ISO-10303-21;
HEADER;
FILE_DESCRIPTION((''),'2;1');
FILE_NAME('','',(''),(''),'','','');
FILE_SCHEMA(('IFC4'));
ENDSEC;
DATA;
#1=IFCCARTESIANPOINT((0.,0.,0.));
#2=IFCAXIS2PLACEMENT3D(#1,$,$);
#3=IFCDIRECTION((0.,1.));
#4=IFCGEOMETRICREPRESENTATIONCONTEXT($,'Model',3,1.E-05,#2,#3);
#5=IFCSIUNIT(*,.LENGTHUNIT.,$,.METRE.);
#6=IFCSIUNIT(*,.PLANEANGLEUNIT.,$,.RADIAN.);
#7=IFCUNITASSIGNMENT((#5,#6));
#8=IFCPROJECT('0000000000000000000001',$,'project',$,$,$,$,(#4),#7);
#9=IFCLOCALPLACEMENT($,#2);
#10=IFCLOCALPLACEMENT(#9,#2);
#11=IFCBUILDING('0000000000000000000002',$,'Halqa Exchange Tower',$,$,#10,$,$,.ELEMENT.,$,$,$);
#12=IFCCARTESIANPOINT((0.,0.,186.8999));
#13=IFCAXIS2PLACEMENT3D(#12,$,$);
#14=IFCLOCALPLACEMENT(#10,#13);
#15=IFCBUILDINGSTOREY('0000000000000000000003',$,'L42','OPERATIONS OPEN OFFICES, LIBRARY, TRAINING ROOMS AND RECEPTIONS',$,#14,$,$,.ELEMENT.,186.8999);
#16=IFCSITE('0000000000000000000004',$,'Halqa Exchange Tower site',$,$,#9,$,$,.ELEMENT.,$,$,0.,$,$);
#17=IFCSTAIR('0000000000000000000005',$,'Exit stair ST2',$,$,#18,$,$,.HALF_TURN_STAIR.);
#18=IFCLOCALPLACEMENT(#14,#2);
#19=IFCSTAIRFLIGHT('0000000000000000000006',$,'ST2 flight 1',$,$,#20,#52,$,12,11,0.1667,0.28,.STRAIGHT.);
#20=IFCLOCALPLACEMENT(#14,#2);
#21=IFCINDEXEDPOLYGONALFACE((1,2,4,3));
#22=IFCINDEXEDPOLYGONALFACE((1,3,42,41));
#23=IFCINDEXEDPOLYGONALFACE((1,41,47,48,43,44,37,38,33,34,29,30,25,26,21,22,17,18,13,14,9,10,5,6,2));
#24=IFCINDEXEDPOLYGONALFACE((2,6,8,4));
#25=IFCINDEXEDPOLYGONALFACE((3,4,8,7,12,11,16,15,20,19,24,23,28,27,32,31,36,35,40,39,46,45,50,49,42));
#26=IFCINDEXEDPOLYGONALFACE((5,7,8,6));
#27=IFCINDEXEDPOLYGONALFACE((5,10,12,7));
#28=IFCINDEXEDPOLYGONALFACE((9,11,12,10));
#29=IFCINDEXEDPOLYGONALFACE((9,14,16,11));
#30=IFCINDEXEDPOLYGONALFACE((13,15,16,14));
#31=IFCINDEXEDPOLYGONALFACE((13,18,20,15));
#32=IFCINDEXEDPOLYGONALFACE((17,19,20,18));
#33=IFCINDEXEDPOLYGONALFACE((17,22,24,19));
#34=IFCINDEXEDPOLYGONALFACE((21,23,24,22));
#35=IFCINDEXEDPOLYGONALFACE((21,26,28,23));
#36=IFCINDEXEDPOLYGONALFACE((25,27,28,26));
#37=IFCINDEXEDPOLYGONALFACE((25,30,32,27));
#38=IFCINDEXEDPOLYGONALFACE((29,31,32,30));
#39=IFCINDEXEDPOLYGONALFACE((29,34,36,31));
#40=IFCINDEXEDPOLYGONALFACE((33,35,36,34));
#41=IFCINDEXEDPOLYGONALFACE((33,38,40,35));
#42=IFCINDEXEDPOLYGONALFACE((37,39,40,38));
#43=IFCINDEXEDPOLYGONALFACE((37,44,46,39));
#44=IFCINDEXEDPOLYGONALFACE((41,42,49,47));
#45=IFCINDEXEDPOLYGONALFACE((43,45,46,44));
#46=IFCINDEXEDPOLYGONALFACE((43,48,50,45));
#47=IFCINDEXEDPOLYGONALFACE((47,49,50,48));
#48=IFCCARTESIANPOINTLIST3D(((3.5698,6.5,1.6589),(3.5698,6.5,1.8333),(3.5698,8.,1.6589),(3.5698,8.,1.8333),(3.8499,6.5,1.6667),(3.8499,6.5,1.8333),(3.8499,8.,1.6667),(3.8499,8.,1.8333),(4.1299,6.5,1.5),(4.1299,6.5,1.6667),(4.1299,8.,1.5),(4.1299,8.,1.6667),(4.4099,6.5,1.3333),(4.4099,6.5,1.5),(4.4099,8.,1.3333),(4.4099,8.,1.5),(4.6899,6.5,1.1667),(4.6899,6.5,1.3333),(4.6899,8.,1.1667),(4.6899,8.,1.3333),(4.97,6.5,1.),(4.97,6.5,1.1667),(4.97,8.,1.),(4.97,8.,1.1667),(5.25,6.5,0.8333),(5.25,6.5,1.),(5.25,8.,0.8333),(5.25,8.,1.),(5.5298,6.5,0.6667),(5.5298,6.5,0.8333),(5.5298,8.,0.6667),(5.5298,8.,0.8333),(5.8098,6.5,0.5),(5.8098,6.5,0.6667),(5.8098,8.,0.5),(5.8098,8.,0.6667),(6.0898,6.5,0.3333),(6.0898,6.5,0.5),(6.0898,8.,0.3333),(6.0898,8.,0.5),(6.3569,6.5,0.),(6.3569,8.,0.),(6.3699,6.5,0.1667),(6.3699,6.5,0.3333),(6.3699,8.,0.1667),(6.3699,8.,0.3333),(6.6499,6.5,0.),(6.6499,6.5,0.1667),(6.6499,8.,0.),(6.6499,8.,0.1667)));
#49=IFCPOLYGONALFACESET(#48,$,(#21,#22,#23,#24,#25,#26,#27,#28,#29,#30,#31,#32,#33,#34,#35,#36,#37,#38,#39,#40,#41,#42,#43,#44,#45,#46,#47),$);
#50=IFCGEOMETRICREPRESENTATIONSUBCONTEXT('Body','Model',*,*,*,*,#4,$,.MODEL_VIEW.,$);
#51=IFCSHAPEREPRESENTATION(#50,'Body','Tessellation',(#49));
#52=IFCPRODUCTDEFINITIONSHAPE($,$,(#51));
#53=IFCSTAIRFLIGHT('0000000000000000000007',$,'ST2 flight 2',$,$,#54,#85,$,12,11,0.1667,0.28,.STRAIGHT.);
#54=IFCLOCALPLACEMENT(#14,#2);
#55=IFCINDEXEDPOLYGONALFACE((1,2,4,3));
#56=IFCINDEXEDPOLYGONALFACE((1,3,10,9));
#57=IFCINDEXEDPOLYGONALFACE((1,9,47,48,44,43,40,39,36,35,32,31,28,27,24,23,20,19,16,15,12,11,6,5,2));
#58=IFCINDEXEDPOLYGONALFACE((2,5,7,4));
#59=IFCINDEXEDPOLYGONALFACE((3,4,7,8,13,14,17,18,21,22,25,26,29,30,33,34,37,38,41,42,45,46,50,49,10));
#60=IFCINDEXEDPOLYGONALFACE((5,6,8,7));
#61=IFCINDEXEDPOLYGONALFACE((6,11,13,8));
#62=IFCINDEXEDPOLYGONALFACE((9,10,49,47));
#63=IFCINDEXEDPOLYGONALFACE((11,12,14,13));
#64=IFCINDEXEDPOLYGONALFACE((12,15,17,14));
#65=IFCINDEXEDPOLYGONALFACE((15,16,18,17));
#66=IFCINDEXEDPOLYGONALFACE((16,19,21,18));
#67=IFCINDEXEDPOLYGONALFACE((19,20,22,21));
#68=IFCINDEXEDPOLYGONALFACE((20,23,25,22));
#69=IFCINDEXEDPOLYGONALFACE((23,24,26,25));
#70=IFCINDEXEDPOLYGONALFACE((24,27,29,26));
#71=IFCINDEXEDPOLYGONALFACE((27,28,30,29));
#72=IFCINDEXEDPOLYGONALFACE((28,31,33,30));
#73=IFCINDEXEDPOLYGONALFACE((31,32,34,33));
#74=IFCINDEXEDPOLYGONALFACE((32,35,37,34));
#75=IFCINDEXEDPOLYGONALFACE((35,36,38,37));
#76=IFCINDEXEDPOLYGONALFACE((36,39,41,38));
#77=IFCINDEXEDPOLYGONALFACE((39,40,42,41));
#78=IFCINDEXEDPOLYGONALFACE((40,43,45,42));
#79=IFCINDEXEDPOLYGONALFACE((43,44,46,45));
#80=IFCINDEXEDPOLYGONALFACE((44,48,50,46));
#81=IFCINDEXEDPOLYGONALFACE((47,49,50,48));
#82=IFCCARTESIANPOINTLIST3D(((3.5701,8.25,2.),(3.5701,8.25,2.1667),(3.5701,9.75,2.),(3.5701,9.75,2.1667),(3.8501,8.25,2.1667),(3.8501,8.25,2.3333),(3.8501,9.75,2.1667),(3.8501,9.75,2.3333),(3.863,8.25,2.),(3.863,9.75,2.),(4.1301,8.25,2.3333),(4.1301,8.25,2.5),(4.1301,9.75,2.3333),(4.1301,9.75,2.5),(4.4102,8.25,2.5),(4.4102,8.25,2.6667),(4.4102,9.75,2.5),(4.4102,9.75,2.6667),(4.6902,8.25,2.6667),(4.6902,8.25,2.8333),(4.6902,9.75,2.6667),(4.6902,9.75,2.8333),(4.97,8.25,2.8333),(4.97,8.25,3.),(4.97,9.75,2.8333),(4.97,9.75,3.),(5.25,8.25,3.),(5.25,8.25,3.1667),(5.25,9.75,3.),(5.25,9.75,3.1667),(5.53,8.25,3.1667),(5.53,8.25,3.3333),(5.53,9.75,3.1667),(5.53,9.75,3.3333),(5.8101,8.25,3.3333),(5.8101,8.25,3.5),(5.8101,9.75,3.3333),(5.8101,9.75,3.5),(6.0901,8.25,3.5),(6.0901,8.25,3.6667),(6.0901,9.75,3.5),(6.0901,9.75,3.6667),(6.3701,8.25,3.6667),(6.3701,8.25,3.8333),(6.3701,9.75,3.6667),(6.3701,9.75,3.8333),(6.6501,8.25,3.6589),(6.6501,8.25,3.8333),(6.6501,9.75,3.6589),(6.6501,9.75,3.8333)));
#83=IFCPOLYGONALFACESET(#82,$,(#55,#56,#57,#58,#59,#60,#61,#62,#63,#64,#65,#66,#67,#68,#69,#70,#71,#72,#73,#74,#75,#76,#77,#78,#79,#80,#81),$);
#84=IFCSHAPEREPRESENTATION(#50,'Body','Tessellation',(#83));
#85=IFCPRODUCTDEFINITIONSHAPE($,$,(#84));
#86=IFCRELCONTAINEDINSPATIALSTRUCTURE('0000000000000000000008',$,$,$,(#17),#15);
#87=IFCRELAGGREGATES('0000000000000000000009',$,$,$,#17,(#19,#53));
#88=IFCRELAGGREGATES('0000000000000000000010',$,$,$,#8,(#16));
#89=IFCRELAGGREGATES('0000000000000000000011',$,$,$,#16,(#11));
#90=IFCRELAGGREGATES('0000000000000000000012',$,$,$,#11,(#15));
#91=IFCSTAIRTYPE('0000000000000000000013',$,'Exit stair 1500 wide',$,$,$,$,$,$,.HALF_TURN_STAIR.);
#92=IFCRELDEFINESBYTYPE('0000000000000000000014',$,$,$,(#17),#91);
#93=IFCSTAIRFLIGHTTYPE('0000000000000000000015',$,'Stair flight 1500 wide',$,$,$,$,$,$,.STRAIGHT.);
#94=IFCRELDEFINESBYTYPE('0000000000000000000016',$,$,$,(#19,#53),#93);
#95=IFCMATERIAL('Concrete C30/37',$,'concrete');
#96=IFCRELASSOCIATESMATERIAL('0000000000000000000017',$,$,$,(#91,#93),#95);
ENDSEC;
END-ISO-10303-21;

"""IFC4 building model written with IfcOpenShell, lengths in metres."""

from ifc_helpers import new_model, si_unit, direction, frame, origin, place, context, subcontext, project, spatial, polyline, outline, extrude, material, type_object, element, aggregate, save


model = new_model("IFC4")

# Units and contexts
model_context = context("Model", 3, precision=1e-05, world=origin(), true_north=direction((0.0, 1.0)))
body_context = subcontext(model_context, "Body", "Model", "MODEL_VIEW")
ifc_project = project(units=[si_unit("LENGTHUNIT", "METRE"), si_unit("PLANEANGLEUNIT", "RADIAN")], contexts=[model_context])

# Site, building, storey
site_placement = place(None, origin())
site = spatial("IfcSite", under=ifc_project, at=site_placement, Name="Halqa Exchange Tower site", CompositionType="ELEMENT", RefElevation=0.0)
building_placement = place(site_placement, origin())
building = spatial("IfcBuilding", under=site, at=building_placement, Name="Halqa Exchange Tower", CompositionType="ELEMENT")
storey_placement = place(building_placement, frame((0.0, 0.0, 186.8999)))
storey = spatial("IfcBuildingStorey", under=building, at=storey_placement, Name="L42", Description="OPERATIONS OPEN OFFICES, LIBRARY, TRAINING ROOMS AND RECEPTIONS", CompositionType="ELEMENT", Elevation=186.8999)

# Stair
ifc_material_1 = material(Name="Concrete C30/37", Category="concrete")
stair_type = type_object("IfcStairType", Name="Exit stair 1500 wide", PredefinedType="HALF_TURN_STAIR", material=ifc_material_1)
stair_1_placement = place(storey_placement, origin())
stair_1 = element("IfcStair", 1, at=stair_1_placement, inside=storey, type_object=stair_type, Name="Exit stair ST2", PredefinedType="HALF_TURN_STAIR")

# Stair flights
stair_flight_type = type_object("IfcStairFlightType", Name="Stair flight 1500 wide", PredefinedType="STRAIGHT", material=ifc_material_1)
stair_flight_1_placement = place(storey_placement, frame((6.6499, 7.25, 0.0), z_axis=(0.0, 0.0, 1.0), x_axis=(-1.0, 0.0, 0.0)))
stair_flight_1 = element("IfcStairFlight", 2, at=stair_flight_1_placement, type_object=stair_flight_type, Name="ST2 flight 1", NumberOfRisers=12, NumberOfTreads=11, PredefinedType="STRAIGHT", RiserHeight=0.1667, TreadLength=0.28, context=body_context, shape_type="SweptSolid", body=[
    extrude(outline(polyline([(0.0, 0.0), (0.0, 0.1667), (0.28, 0.1667), (0.28, 0.3333), (0.5601, 0.3333), (0.5601, 0.5), (0.8401, 0.5), (0.8401, 0.6667), (1.1201, 0.6667), (1.1201, 0.8333), (1.3999, 0.8333), (1.3999, 1.0), (1.6799, 1.0), (1.6799, 1.1667), (1.96, 1.1667), (1.96, 1.3333), (2.24, 1.3333), (2.24, 1.5), (2.52, 1.5), (2.52, 1.6667), (2.8, 1.6667), (2.8, 1.8333), (3.0801, 1.8333), (3.0801, 2.0), (3.0801, 1.6589), (0.293, 0.0), (0.0, 0.0)])), frame((0.0, 0.75, 0.0), z_axis=(0.0, -1.0, 0.0), x_axis=(1.0, 0.0, 0.0)), (0.0, 0.0, 1.0), 1.5),
])
stair_flight_2_placement = place(storey_placement, frame((3.5701, 9.0, 2.0), z_axis=(0.0, 0.0, 1.0), x_axis=(1.0, 0.0, 0.0)))
stair_flight_2 = element("IfcStairFlight", 3, at=stair_flight_2_placement, type_object=stair_flight_type, Name="ST2 flight 2", NumberOfRisers=12, NumberOfTreads=11, PredefinedType="STRAIGHT", RiserHeight=0.1667, TreadLength=0.28, context=body_context, shape_type="SweptSolid", body=[
    extrude(outline(polyline([(0.0, 0.0), (0.0, 0.1667), (0.28, 0.1667), (0.28, 0.3333), (0.5601, 0.3333), (0.5601, 0.5), (0.8401, 0.5), (0.8401, 0.6667), (1.1201, 0.6667), (1.1201, 0.8333), (1.3999, 0.8333), (1.3999, 1.0), (1.6799, 1.0), (1.6799, 1.1667), (1.96, 1.1667), (1.96, 1.3333), (2.24, 1.3333), (2.24, 1.5), (2.52, 1.5), (2.52, 1.6667), (2.8, 1.6667), (2.8, 1.8333), (3.0801, 1.8333), (3.0801, 2.0), (3.0801, 1.6589), (0.293, 0.0), (0.0, 0.0)])), frame((0.0, 0.75, 0.0), z_axis=(0.0, -1.0, 0.0), x_axis=(1.0, 0.0, 0.0)), (0.0, 0.0, 1.0), 1.5),
])
aggregate(stair_1, [stair_flight_1, stair_flight_2])

save(model, "model.ifc")
